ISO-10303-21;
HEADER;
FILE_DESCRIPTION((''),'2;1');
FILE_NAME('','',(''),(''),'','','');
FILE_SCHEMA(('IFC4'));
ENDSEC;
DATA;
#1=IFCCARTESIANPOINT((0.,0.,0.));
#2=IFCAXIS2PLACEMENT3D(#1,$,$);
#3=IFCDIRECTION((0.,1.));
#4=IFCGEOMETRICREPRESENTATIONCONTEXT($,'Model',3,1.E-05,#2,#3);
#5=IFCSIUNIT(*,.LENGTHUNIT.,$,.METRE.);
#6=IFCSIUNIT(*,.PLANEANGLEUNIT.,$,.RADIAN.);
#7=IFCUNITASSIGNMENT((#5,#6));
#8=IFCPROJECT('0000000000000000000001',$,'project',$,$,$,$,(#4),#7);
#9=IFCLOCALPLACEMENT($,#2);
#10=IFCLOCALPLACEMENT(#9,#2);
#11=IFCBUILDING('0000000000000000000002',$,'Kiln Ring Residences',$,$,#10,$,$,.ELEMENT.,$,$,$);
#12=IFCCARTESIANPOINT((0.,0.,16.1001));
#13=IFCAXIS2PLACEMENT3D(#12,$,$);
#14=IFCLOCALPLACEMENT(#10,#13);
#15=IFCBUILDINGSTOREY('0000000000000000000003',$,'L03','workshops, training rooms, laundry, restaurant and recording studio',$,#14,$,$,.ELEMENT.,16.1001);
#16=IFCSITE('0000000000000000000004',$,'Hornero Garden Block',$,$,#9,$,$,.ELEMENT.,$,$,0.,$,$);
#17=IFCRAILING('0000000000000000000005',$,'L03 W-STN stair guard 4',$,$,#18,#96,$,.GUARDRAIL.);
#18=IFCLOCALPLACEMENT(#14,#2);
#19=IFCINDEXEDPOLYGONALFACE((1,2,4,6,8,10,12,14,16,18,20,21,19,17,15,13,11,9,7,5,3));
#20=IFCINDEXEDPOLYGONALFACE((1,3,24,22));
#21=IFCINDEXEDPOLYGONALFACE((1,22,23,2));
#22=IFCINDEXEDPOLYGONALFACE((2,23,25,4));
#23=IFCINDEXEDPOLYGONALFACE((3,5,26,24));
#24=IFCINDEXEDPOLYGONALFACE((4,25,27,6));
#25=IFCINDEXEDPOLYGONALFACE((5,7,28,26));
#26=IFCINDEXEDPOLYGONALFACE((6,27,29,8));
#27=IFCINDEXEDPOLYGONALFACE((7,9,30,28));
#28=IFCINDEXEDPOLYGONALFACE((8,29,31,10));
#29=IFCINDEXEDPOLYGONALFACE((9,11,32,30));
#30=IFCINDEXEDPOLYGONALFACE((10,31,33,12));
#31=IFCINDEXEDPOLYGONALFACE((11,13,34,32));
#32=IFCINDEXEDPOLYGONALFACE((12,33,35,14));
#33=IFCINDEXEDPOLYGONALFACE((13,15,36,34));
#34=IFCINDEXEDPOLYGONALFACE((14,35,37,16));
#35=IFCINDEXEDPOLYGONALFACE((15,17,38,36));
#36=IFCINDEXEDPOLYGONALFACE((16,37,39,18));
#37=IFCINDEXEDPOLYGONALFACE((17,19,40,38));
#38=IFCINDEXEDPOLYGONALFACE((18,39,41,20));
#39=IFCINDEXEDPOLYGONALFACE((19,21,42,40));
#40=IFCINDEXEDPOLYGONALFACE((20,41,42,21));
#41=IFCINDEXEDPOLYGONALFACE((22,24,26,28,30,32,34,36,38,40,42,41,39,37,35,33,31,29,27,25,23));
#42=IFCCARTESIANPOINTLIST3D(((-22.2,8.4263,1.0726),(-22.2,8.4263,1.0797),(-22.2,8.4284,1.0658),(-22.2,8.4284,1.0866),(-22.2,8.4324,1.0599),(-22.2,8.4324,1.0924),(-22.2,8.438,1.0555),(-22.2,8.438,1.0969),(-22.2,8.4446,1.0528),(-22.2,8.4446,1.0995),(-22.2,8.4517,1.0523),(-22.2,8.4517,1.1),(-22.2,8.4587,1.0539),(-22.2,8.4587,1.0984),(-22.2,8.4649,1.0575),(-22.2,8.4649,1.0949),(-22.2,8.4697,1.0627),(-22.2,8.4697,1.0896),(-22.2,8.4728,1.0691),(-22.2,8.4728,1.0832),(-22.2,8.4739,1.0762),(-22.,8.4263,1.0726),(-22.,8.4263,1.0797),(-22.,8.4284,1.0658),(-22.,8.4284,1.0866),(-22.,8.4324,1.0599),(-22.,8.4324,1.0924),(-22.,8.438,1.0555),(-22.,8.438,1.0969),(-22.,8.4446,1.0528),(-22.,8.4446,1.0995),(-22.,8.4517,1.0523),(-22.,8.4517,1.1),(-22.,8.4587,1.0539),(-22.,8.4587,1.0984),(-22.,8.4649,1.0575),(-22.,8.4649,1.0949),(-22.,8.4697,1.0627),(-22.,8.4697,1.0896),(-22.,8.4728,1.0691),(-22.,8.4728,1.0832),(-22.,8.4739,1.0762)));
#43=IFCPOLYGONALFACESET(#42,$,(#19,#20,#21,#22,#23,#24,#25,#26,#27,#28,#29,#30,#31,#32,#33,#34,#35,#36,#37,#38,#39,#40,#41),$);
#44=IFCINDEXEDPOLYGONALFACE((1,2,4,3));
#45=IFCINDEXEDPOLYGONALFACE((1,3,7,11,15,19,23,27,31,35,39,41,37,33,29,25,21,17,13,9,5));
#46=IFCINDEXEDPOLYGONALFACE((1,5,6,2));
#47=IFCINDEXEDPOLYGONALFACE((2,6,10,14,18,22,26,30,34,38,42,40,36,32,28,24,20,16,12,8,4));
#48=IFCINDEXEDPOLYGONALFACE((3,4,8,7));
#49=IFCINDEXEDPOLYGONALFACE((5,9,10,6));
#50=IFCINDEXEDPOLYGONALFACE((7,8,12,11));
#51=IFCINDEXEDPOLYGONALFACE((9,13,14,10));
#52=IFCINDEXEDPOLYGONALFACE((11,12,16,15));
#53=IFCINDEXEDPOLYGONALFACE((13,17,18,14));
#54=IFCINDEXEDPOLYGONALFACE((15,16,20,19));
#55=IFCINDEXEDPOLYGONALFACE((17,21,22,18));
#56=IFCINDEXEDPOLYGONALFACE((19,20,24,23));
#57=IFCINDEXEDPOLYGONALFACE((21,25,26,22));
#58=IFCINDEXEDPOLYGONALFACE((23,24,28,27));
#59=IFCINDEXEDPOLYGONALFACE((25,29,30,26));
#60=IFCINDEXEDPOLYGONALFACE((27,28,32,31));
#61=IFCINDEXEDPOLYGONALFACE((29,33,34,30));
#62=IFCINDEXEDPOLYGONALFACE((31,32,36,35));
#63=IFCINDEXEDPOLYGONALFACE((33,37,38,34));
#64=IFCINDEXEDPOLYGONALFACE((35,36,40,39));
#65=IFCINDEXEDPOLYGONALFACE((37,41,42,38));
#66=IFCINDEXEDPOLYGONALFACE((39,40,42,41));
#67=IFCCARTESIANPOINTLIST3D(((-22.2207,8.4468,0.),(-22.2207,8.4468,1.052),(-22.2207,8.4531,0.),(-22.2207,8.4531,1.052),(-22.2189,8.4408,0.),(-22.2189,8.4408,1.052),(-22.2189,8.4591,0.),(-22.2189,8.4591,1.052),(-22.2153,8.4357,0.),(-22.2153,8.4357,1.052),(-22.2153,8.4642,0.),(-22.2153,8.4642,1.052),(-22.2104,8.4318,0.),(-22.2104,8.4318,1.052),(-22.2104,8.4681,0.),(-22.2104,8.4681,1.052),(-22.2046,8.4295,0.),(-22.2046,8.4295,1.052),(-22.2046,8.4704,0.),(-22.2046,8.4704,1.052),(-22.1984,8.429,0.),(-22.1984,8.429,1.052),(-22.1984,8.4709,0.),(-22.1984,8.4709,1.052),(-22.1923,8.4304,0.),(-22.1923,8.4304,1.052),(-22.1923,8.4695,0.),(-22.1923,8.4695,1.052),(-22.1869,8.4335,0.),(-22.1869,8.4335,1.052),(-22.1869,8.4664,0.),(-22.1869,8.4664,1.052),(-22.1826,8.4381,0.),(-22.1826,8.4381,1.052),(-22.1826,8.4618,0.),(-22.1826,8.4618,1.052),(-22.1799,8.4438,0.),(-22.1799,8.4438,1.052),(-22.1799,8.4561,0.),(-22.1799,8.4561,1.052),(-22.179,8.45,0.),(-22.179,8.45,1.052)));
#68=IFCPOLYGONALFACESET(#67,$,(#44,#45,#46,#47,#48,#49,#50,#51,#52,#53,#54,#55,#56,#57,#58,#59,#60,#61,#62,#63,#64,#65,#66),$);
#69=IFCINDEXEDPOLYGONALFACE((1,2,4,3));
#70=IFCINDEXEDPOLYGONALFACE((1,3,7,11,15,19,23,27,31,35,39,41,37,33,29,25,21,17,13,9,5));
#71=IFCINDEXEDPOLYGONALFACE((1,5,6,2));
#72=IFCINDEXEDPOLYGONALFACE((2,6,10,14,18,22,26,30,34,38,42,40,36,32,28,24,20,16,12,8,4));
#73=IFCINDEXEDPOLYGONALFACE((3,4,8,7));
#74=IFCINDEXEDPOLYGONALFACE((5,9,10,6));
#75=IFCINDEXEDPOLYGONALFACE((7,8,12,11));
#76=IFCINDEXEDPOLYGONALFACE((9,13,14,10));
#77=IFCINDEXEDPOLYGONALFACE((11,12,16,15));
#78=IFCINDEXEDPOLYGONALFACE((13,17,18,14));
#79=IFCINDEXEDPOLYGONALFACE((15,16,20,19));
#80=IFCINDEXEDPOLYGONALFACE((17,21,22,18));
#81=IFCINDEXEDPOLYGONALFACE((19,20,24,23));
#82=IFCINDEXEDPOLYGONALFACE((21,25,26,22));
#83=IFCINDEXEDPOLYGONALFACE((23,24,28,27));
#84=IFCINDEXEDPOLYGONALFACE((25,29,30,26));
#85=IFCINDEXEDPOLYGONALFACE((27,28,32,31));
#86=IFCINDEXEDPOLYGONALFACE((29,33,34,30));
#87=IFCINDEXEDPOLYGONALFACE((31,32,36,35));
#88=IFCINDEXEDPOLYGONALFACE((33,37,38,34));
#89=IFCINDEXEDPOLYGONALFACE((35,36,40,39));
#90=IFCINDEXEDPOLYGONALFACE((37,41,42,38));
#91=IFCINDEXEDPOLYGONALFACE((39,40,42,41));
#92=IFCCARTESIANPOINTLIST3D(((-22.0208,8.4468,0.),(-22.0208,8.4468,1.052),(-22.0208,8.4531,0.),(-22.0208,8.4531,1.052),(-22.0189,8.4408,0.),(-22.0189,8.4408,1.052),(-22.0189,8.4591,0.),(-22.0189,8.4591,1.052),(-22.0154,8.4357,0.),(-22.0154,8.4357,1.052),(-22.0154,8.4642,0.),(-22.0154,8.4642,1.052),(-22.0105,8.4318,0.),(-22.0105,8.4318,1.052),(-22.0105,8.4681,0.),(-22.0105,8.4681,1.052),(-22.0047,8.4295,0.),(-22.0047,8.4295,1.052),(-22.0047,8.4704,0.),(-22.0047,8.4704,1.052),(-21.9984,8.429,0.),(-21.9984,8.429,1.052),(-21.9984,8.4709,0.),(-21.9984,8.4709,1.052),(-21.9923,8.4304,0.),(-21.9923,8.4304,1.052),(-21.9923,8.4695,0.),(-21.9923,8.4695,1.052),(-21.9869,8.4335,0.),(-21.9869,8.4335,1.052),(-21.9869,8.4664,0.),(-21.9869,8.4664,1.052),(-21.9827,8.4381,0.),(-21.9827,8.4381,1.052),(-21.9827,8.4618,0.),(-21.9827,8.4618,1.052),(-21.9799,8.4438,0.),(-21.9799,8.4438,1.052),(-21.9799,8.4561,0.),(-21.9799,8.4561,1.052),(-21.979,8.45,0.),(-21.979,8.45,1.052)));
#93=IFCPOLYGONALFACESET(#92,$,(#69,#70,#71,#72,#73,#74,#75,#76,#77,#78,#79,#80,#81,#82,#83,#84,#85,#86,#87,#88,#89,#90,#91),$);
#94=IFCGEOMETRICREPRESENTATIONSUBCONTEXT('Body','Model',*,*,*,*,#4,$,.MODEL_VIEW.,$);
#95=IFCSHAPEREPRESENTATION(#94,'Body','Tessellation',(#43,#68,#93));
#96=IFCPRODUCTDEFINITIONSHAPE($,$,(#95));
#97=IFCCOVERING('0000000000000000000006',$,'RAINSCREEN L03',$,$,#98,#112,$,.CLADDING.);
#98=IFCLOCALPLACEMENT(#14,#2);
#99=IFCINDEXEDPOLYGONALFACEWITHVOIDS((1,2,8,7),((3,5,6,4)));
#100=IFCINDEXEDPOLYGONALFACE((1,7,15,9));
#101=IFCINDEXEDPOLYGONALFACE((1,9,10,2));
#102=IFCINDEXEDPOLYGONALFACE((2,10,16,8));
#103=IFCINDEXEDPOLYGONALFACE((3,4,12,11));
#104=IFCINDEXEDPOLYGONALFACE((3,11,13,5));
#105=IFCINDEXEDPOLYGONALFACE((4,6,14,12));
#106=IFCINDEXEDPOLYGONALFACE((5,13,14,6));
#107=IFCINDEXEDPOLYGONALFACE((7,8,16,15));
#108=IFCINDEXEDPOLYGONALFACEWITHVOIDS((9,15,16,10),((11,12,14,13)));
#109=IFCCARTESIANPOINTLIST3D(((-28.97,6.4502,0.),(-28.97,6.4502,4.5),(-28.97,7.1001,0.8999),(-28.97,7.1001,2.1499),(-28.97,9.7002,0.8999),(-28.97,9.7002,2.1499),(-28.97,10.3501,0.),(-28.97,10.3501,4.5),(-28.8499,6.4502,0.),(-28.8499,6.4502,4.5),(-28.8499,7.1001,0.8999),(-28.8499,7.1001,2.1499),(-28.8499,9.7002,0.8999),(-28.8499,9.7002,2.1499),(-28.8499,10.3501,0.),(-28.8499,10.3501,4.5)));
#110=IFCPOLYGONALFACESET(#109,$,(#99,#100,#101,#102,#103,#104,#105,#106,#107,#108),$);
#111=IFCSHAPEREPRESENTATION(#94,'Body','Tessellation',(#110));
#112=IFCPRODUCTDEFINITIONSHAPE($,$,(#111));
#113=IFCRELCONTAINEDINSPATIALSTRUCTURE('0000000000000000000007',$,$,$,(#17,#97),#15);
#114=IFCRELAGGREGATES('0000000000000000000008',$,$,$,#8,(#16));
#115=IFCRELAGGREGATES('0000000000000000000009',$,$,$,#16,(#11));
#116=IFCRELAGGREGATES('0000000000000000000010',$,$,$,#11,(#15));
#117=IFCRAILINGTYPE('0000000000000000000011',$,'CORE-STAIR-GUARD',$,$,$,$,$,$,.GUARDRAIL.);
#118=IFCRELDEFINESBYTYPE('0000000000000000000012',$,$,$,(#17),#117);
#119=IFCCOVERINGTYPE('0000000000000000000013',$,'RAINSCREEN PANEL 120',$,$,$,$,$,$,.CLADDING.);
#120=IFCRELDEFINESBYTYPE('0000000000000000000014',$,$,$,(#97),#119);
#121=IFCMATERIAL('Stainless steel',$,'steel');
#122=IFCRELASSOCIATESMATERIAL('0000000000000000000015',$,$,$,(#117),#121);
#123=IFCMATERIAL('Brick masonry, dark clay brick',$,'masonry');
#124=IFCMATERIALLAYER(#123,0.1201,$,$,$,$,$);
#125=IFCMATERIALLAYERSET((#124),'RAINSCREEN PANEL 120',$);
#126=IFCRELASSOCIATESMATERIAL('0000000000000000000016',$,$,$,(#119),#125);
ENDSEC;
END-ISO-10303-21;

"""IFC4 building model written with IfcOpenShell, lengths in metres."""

from ifc_helpers import new_model, si_unit, direction, frame, origin, origin_2d, place, context, subcontext, project, spatial, polyline, circle, outline, extrude, material, layer, layer_set, type_object, element, save


model = new_model("IFC4")

# Units and contexts
model_context = context("Model", 3, precision=1e-05, world=origin(), true_north=direction((0.0, 1.0)))
body_context = subcontext(model_context, "Body", "Model", "MODEL_VIEW")
ifc_project = project(units=[si_unit("LENGTHUNIT", "METRE"), si_unit("PLANEANGLEUNIT", "RADIAN")], contexts=[model_context])

# Site, building, storey
site_placement = place(None, origin())
site = spatial("IfcSite", under=ifc_project, at=site_placement, Name="Hornero Garden Block", CompositionType="ELEMENT", RefElevation=0.0)
building_placement = place(site_placement, origin())
building = spatial("IfcBuilding", under=site, at=building_placement, Name="Kiln Ring Residences", CompositionType="ELEMENT")
storey_placement = place(building_placement, frame((0.0, 0.0, 16.1001)))
storey = spatial("IfcBuildingStorey", under=building, at=storey_placement, Name="L03", Description="workshops, training rooms, laundry, restaurant and recording studio", CompositionType="ELEMENT", Elevation=16.1001)

# Railing
ifc_material_1 = material(Name="Stainless steel", Category="steel")
railing_type = type_object("IfcRailingType", Name="CORE-STAIR-GUARD", PredefinedType="GUARDRAIL", material=ifc_material_1)
railing_placement = place(storey_placement, frame((-22.2, 8.45, 0.0)))
element("IfcRailing", 1, at=railing_placement, inside=storey, type_object=railing_type, Name="L03 W-STN stair guard 4", PredefinedType="GUARDRAIL", context=body_context, shape_type="SweptSolid", body=[
    extrude(circle(Radius=0.0239, at=origin_2d()), frame((0.0, 0.0, 1.0762), z_axis=(1.0, 0.0, 0.0), x_axis=(0.0, 1.0, 0.0)), (0.0, 0.0, 1.0), 0.2),
    extrude(circle(Radius=0.021, at=origin_2d()), origin(), (0.0, 0.0, 1.0), 1.052),
    extrude(circle(Radius=0.021, at=origin_2d()), frame((0.2, 0.0, 0.0)), (0.0, 0.0, 1.0), 1.052),
])

# Covering
ifc_material_2 = material(Name="Brick masonry, dark clay brick", Category="masonry")
ifc_layer_1 = layer(ifc_material_2, 0.1201)
ifc_layer_set_1 = layer_set([ifc_layer_1], Name="RAINSCREEN PANEL 120")
covering_type = type_object("IfcCoveringType", Name="RAINSCREEN PANEL 120", PredefinedType="CLADDING", material=ifc_layer_set_1)
covering_placement = place(storey_placement, frame((-28.9099, 10.3501, 0.0), z_axis=(0.0, 0.0, 1.0), x_axis=(0.0, -1.0, 0.0)))
element("IfcCovering", 2, at=covering_placement, inside=storey, type_object=covering_type, Name="RAINSCREEN L03", PredefinedType="CLADDING", context=body_context, shape_type="SweptSolid", body=[
    extrude(outline(polyline([(0.0, 0.0), (3.8999, 0.0), (3.8999, 4.5), (0.0, 4.5), (0.0, 0.0)]), holes=[polyline([(0.6499, 2.1499), (0.6499, 0.8999), (3.25, 0.8999), (3.25, 2.1499), (0.6499, 2.1499)])]), frame((0.0, 0.0601, 0.0), z_axis=(0.0, -1.0, 0.0), x_axis=(1.0, 0.0, 0.0)), (0.0, 0.0, 1.0), 0.1201),
])

save(model, "model.ifc")
